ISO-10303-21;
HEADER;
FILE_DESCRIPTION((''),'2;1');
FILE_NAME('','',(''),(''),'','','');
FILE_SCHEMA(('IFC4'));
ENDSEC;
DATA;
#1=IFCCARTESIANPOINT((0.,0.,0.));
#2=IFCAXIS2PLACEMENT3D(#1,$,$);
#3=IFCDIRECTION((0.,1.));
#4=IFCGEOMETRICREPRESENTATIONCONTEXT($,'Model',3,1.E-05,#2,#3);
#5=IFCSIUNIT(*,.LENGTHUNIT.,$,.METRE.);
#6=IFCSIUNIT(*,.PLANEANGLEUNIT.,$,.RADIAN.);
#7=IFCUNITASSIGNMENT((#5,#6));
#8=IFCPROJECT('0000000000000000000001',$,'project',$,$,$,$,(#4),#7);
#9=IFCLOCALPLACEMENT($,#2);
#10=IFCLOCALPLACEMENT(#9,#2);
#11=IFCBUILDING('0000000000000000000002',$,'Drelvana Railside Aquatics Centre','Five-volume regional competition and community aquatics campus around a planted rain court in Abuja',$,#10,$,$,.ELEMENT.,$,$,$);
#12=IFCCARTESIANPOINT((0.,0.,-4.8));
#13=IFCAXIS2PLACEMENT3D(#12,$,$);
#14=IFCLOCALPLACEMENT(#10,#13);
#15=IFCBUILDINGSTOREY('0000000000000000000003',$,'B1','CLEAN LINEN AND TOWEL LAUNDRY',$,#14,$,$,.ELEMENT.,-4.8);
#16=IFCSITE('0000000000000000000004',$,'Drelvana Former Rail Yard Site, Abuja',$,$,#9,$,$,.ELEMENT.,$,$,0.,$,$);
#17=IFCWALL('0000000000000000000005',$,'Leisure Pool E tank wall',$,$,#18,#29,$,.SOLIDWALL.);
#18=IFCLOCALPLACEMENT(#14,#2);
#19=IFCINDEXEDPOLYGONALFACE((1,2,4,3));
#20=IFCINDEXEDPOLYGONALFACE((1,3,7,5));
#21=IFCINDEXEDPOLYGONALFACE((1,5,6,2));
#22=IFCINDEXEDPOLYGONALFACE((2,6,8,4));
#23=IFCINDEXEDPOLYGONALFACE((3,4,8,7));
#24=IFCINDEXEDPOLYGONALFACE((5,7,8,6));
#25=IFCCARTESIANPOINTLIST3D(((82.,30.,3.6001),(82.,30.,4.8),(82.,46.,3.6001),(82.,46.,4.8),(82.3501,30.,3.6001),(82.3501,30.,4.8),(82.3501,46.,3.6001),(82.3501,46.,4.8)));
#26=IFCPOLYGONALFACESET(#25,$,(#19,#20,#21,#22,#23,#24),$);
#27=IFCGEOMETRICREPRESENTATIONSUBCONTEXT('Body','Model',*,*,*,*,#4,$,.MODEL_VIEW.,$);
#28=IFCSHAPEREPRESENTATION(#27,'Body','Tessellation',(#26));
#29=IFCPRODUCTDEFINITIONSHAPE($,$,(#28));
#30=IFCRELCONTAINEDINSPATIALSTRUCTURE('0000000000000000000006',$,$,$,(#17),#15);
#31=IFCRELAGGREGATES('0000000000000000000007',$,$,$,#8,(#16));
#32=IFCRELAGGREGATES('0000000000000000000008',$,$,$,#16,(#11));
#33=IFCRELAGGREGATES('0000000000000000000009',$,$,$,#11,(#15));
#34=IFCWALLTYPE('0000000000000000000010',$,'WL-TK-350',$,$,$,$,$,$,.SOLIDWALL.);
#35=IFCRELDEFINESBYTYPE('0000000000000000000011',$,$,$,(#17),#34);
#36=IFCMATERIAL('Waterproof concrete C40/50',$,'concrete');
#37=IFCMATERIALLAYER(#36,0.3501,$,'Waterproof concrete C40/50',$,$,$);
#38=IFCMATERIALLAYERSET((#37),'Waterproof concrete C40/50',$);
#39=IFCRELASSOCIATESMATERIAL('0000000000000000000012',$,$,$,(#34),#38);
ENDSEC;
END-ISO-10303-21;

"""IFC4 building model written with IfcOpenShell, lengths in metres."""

from ifc_helpers import new_model, si_unit, direction, frame, frame_2d, origin, place, context, subcontext, project, spatial, rectangle, extrude, material, layer, layer_set, type_object, element, save


model = new_model("IFC4")

# Units and contexts
model_context = context("Model", 3, precision=1e-05, world=origin(), true_north=direction((0.0, 1.0)))
body_context = subcontext(model_context, "Body", "Model", "MODEL_VIEW")
ifc_project = project(units=[si_unit("LENGTHUNIT", "METRE"), si_unit("PLANEANGLEUNIT", "RADIAN")], contexts=[model_context])

# Site, building, storey
site_placement = place(None, origin())
site = spatial("IfcSite", under=ifc_project, at=site_placement, Name="Drelvana Former Rail Yard Site, Abuja", CompositionType="ELEMENT", RefElevation=0.0)
building_placement = place(site_placement, origin())
building = spatial("IfcBuilding", under=site, at=building_placement, Name="Drelvana Railside Aquatics Centre", Description="Five-volume regional competition and community aquatics campus around a planted rain court in Abuja", CompositionType="ELEMENT")
storey_placement = place(building_placement, frame((0.0, 0.0, -4.8)))
storey = spatial("IfcBuildingStorey", under=building, at=storey_placement, Name="B1", Description="CLEAN LINEN AND TOWEL LAUNDRY", CompositionType="ELEMENT", Elevation=-4.8)

# Wall
ifc_material_1 = material(Name="Waterproof concrete C40/50", Category="concrete")
ifc_layer_1 = layer(ifc_material_1, 0.3501, Name="Waterproof concrete C40/50")
ifc_layer_set_1 = layer_set([ifc_layer_1], Name="Waterproof concrete C40/50")
wall_type_1 = type_object("IfcWallType", Name="WL-TK-350", PredefinedType="SOLIDWALL", material=ifc_layer_set_1)
wall_1_placement = place(storey_placement, frame((82.175, 30.0, 3.6001), z_axis=(0.0, 0.0, 1.0), x_axis=(0.0, 1.0, 0.0)))
element("IfcWall", 1, at=wall_1_placement, inside=storey, type_object=wall_type_1, Name="Leisure Pool E tank wall", PredefinedType="SOLIDWALL", context=body_context, shape_type="SweptSolid", body=[
    extrude(rectangle(XDim=16.0, YDim=0.3501, at=frame_2d((8.0, 0.0))), origin(), (0.0, 0.0, 1.0), 1.2),
])

save(model, "model.ifc")
